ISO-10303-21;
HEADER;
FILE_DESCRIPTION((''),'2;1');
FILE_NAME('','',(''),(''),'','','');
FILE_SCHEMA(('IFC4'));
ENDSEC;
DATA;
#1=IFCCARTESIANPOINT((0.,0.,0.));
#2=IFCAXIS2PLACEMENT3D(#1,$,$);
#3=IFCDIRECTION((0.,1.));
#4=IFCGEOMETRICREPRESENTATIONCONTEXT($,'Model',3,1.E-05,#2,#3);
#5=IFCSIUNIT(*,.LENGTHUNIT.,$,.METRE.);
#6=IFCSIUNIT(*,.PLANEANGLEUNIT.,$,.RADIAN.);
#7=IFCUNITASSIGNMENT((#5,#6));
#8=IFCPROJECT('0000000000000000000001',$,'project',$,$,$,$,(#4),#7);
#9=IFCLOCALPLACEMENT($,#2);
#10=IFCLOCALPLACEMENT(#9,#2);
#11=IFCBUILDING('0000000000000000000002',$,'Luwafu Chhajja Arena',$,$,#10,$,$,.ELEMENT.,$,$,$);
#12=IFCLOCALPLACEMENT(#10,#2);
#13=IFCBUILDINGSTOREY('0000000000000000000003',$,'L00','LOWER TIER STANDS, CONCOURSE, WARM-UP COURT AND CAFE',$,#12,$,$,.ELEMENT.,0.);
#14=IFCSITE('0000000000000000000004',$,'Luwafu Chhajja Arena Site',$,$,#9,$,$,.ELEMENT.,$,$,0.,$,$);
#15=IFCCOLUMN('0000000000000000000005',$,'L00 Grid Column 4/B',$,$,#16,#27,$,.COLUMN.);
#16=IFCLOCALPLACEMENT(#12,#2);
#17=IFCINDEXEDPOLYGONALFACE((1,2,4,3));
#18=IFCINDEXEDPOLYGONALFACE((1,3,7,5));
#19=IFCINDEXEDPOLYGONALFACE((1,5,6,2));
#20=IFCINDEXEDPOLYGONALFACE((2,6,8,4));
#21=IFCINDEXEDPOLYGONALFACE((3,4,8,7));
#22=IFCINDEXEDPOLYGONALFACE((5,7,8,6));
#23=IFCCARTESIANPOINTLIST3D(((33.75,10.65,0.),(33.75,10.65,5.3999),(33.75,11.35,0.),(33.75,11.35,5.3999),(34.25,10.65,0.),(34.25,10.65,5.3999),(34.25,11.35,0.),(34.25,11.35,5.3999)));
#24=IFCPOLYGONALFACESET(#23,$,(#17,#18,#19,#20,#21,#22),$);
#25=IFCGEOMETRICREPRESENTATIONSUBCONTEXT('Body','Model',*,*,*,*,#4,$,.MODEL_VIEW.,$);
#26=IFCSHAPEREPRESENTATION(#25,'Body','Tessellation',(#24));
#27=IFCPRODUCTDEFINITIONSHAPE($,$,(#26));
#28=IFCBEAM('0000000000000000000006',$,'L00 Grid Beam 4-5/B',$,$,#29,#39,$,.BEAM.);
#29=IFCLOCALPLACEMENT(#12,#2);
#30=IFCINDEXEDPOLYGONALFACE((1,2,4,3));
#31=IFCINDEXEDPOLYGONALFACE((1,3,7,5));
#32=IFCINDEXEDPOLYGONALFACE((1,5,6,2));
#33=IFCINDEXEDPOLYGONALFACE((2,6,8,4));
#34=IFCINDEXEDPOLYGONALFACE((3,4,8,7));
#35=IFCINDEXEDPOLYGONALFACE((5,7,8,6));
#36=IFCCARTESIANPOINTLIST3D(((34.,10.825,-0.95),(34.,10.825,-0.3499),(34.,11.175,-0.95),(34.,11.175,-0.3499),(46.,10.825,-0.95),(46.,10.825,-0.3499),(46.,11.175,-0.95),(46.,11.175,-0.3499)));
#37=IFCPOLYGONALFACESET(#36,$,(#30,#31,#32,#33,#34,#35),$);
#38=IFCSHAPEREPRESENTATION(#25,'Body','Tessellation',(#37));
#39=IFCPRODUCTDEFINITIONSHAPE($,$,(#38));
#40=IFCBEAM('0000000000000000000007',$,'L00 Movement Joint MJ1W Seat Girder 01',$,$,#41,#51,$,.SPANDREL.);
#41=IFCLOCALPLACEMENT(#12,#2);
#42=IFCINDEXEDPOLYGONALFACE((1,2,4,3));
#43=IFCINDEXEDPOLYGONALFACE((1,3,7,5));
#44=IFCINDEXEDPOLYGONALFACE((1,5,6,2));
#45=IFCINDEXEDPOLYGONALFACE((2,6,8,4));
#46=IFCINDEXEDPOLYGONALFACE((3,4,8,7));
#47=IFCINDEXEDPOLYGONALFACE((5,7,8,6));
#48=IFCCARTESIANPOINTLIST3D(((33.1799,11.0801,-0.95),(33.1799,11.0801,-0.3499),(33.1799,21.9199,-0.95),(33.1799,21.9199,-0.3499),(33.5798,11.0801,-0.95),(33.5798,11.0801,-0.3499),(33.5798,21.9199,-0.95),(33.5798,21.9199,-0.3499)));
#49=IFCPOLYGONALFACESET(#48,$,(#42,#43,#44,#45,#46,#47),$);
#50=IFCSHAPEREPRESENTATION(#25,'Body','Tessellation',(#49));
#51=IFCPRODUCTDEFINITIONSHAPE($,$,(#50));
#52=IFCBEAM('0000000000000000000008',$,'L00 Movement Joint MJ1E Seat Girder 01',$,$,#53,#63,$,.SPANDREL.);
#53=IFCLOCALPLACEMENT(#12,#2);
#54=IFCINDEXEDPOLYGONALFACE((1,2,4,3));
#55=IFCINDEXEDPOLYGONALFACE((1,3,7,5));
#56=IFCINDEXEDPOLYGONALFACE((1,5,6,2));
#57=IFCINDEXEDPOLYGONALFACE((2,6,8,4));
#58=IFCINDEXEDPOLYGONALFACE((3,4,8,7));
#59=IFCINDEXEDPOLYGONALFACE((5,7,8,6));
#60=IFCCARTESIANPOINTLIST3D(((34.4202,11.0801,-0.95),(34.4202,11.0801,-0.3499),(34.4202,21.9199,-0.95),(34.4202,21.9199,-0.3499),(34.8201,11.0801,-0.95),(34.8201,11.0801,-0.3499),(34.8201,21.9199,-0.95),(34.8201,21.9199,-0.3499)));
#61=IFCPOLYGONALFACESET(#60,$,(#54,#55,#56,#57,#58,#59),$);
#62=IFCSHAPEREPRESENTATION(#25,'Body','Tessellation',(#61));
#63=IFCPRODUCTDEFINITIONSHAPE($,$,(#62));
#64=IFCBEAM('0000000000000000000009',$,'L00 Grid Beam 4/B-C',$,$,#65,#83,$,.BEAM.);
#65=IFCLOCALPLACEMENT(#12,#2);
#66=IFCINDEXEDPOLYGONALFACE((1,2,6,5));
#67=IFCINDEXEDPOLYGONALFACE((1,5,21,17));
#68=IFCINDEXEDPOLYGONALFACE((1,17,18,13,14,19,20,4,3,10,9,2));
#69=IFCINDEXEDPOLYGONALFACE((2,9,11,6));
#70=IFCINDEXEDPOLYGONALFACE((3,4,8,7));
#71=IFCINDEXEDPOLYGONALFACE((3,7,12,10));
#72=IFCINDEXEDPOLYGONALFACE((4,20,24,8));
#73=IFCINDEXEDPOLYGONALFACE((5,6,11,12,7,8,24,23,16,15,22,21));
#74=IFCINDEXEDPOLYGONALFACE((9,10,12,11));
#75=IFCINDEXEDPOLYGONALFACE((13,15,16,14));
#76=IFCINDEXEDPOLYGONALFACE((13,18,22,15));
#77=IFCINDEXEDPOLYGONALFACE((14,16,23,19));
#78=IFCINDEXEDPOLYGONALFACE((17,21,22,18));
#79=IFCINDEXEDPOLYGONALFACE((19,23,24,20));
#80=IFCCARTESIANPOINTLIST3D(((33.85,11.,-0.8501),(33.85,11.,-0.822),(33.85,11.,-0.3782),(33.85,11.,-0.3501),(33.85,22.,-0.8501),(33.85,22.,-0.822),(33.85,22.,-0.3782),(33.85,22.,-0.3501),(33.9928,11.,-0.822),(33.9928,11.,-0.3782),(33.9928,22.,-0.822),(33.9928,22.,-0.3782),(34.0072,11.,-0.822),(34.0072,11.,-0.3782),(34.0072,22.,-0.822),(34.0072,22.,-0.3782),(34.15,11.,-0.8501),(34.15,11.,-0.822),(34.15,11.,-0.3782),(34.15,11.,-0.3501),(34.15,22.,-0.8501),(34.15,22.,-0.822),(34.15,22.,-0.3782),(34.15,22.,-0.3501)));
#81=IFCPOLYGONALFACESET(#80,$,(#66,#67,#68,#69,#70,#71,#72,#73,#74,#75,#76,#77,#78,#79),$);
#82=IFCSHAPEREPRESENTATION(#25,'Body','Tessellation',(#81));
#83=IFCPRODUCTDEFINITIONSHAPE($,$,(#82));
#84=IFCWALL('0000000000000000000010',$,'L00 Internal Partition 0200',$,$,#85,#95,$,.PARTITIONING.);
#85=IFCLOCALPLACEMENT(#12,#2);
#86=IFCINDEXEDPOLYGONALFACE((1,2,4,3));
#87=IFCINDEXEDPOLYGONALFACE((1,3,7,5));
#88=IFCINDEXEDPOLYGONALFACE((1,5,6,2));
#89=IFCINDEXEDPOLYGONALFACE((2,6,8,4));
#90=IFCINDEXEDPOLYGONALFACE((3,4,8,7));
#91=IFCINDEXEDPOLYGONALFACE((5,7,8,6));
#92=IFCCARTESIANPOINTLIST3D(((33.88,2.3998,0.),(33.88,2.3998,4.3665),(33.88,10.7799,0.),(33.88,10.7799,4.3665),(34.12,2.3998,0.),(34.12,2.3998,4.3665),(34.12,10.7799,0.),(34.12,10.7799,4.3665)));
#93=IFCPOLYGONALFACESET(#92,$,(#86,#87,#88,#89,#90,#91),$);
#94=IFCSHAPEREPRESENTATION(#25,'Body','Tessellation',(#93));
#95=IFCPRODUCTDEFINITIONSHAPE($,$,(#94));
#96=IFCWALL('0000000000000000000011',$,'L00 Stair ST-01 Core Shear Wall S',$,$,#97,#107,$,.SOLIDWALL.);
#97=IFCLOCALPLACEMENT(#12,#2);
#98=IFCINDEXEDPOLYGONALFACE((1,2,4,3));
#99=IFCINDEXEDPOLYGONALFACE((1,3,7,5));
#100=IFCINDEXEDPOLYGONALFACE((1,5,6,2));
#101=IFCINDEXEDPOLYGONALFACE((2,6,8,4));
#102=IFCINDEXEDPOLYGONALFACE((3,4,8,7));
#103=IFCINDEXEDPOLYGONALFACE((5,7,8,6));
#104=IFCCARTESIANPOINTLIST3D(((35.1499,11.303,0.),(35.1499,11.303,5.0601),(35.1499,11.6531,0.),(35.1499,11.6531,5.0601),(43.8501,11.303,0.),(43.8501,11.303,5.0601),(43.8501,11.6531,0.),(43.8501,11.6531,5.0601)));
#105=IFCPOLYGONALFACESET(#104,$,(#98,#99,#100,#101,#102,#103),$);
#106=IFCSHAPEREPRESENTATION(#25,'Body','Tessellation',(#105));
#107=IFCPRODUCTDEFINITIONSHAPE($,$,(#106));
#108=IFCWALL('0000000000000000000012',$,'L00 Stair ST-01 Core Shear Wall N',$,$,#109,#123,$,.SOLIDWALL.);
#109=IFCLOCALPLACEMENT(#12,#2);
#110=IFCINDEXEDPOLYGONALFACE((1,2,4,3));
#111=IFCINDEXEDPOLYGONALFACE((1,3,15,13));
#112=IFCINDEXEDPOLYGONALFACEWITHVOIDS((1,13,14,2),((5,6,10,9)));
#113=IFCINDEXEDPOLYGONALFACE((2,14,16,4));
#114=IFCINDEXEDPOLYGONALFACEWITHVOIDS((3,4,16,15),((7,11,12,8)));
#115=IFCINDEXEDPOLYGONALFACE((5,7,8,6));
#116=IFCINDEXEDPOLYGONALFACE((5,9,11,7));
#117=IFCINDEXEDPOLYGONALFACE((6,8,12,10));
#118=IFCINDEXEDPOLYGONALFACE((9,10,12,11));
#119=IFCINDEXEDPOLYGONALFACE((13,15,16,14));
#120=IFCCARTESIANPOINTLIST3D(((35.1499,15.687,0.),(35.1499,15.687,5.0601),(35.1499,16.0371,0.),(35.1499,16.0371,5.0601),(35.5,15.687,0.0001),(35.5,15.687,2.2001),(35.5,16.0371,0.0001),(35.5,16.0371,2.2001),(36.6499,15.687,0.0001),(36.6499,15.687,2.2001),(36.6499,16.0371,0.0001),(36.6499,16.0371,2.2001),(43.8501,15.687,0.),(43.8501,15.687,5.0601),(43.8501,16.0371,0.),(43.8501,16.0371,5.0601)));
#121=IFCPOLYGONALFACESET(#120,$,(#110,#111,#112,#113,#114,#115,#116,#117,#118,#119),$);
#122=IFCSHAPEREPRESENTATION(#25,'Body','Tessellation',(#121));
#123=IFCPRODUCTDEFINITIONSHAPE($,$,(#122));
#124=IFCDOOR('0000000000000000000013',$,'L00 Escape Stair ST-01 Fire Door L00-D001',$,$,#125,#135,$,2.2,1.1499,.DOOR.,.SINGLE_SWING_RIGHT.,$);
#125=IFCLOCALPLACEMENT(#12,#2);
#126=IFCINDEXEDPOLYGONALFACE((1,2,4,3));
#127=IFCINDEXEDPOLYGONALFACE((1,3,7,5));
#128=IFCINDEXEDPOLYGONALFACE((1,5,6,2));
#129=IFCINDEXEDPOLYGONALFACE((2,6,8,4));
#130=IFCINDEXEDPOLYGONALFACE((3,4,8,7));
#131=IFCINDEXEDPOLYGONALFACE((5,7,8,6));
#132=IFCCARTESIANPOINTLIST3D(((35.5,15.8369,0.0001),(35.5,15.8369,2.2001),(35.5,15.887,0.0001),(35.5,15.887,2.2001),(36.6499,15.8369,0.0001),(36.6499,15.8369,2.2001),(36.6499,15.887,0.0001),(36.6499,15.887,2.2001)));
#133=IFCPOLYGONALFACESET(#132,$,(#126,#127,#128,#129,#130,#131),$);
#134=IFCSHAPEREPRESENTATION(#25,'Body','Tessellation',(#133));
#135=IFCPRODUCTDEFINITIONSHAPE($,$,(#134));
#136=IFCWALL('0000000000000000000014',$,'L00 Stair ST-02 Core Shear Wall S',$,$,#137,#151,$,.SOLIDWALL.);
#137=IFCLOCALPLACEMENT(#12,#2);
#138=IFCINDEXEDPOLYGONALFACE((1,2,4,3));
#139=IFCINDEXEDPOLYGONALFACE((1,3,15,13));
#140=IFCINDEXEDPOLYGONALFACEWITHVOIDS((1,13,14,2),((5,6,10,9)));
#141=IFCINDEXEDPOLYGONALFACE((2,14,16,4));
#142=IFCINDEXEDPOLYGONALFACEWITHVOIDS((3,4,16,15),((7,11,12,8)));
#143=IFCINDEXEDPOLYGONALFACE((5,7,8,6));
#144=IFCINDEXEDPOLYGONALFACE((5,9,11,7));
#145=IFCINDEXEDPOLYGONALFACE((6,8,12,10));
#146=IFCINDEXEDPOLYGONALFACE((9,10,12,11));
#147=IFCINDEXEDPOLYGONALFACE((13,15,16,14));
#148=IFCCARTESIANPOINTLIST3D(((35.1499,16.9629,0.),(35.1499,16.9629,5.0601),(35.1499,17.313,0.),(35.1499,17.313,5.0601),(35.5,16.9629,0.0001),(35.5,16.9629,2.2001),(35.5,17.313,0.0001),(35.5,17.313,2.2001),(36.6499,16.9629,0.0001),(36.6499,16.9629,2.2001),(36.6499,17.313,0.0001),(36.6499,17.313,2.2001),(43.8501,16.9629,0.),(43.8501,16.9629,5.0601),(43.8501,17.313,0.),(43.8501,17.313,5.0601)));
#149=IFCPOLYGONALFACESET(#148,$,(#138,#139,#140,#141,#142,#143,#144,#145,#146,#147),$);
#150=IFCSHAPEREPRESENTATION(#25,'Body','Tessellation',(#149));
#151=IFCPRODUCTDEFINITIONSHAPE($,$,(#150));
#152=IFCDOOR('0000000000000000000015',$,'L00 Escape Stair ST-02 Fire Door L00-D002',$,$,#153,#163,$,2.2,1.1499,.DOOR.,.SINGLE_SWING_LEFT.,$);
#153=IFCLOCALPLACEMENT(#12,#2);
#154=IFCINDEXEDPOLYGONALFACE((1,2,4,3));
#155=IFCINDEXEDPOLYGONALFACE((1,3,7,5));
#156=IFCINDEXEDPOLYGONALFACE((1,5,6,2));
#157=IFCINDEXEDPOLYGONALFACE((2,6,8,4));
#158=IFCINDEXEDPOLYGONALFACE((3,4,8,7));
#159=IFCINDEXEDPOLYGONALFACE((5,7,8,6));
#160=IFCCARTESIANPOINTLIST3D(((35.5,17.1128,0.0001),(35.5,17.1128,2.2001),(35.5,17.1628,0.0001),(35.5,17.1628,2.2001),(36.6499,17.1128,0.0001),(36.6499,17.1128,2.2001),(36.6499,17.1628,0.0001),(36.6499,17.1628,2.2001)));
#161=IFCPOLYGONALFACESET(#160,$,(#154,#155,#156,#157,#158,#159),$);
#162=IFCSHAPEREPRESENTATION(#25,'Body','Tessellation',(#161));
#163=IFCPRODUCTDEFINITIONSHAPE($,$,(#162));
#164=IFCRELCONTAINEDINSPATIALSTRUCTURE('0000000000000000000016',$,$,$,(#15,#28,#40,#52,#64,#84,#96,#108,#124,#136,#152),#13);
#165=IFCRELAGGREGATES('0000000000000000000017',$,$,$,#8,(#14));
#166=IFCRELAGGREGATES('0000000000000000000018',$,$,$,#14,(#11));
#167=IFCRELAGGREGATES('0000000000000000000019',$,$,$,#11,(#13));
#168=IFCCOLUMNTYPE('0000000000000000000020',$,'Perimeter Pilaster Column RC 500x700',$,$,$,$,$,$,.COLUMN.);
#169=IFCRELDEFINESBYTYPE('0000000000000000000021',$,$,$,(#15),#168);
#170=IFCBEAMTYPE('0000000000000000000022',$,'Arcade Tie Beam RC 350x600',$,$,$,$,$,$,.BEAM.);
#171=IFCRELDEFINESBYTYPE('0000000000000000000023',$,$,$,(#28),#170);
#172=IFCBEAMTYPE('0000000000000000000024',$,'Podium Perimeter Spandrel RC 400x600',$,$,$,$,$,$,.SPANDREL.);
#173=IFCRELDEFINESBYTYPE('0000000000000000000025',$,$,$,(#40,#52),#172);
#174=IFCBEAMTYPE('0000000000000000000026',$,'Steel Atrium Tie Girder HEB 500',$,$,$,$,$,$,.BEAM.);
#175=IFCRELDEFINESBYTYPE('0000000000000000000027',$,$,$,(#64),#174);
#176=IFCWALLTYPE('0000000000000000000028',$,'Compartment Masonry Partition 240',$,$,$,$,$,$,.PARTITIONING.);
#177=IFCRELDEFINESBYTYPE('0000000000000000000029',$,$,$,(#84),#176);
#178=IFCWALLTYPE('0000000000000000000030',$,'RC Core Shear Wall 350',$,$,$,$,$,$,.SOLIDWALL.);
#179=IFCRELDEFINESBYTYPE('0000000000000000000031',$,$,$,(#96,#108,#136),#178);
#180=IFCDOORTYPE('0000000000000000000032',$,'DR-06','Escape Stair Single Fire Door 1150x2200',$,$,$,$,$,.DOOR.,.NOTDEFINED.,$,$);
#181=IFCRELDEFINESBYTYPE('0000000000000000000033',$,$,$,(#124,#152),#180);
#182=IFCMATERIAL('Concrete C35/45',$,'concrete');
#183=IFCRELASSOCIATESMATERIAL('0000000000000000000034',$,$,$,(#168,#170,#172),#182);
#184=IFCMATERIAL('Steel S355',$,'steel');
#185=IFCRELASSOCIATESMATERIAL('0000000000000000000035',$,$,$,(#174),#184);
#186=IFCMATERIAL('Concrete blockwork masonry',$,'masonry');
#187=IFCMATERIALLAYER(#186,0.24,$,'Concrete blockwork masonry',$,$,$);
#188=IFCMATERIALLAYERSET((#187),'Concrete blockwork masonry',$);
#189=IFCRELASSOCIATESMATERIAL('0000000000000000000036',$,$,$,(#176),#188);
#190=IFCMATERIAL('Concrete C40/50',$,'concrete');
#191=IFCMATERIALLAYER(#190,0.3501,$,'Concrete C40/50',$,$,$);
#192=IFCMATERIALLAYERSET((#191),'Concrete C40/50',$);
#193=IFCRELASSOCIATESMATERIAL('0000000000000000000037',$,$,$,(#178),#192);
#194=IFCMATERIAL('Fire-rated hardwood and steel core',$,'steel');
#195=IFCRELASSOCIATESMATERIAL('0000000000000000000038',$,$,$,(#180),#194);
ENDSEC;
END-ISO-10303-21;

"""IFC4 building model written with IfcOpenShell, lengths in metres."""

from ifc_helpers import new_model, si_unit, direction, frame, frame_2d, origin, origin_2d, place, context, subcontext, project, spatial, rectangle, i_section, extrude, material, layer, layer_set, material_profile, profile_set, type_object, element, fill, save


model = new_model("IFC4")

# Units and contexts
model_context = context("Model", 3, precision=1e-05, world=origin(), true_north=direction((0.0, 1.0)))
body_context = subcontext(model_context, "Body", "Model", "MODEL_VIEW")
ifc_project = project(units=[si_unit("LENGTHUNIT", "METRE"), si_unit("PLANEANGLEUNIT", "RADIAN")], contexts=[model_context])

# Site, building, storey
site_placement = place(None, origin())
site = spatial("IfcSite", under=ifc_project, at=site_placement, Name="Luwafu Chhajja Arena Site", CompositionType="ELEMENT", RefElevation=0.0)
building_placement = place(site_placement, origin())
building = spatial("IfcBuilding", under=site, at=building_placement, Name="Luwafu Chhajja Arena", CompositionType="ELEMENT")
storey_placement = place(building_placement, origin())
storey = spatial("IfcBuildingStorey", under=building, at=storey_placement, Name="L00", Description="LOWER TIER STANDS, CONCOURSE, WARM-UP COURT AND CAFE", CompositionType="ELEMENT", Elevation=0.0)

# Column
ifc_material_1 = material(Name="Concrete C35/45", Category="concrete")
ifc_material_profile_1 = material_profile(ifc_material_1, rectangle(XDim=0.5, YDim=0.7, at=origin_2d()), Name="RC 500x700")
ifc_profile_set_1 = profile_set([ifc_material_profile_1], Name="Concrete C35/45")
column_type = type_object("IfcColumnType", Name="Perimeter Pilaster Column RC 500x700", PredefinedType="COLUMN", material=ifc_profile_set_1)
column_placement = place(storey_placement, frame((34.0, 11.0, 0.0), z_axis=(0.0, 0.0, 1.0), x_axis=(1.0, 0.0, 0.0)))
element("IfcColumn", 1, at=column_placement, inside=storey, type_object=column_type, Name="L00 Grid Column 4/B", PredefinedType="COLUMN", context=body_context, shape_type="SweptSolid", body=[
    extrude(rectangle(XDim=0.5, YDim=0.7, at=origin_2d()), origin(), (0.0, 0.0, 1.0), 5.3999),
])

# Beams
ifc_material_profile_2 = material_profile(ifc_material_1, rectangle(XDim=0.3501, YDim=0.6001, at=origin_2d()), Name="RC 350x600")
ifc_profile_set_2 = profile_set([ifc_material_profile_2], Name="Concrete C35/45")
beam_type_1 = type_object("IfcBeamType", Name="Arcade Tie Beam RC 350x600", PredefinedType="BEAM", material=ifc_profile_set_2)
beam_1_placement = place(storey_placement, frame((34.0, 11.0, -0.6499), z_axis=(1.0, 0.0, 0.0), x_axis=(0.0, 1.0, 0.0)))
element("IfcBeam", 2, at=beam_1_placement, inside=storey, type_object=beam_type_1, Name="L00 Grid Beam 4-5/B", PredefinedType="BEAM", context=body_context, shape_type="SweptSolid", body=[
    extrude(rectangle(XDim=0.3501, YDim=0.6001, at=origin_2d()), origin(), (0.0, 0.0, 1.0), 12.0),
])
ifc_material_profile_3 = material_profile(ifc_material_1, rectangle(XDim=0.3999, YDim=0.6001, at=origin_2d()), Name="RC 400x600")
ifc_profile_set_3 = profile_set([ifc_material_profile_3], Name="Concrete C35/45")
beam_type_2 = type_object("IfcBeamType", Name="Podium Perimeter Spandrel RC 400x600", PredefinedType="SPANDREL", material=ifc_profile_set_3)
for number, where, z_axis, x_axis, name in (
    (3, (33.3799, 11.0801, -0.6499), (0.0, 1.0, 0.0), (-1.0, 0.0, 0.0), "L00 Movement Joint MJ1W Seat Girder 01"),
    (4, (34.6201, 11.0801, -0.6499), (0.0, 1.0, 0.0), (-1.0, 0.0, 0.0), "L00 Movement Joint MJ1E Seat Girder 01"),
):
    element("IfcBeam", number, at=place(storey_placement, frame(where, z_axis=z_axis, x_axis=x_axis)), inside=storey, type_object=beam_type_2, Name=name, PredefinedType="SPANDREL", context=body_context, shape_type="SweptSolid", body=[
        extrude(rectangle(XDim=0.3999, YDim=0.6001, at=origin_2d()), origin(), (0.0, 0.0, 1.0), 10.8398),
    ])
ifc_material_2 = material(Name="Steel S355", Category="steel")
ifc_material_profile_4 = material_profile(ifc_material_2, i_section(OverallWidth=0.3, OverallDepth=0.5, WebThickness=0.0144, FlangeThickness=0.0281, at=origin_2d()), Name="HEB 500")
ifc_profile_set_4 = profile_set([ifc_material_profile_4], Name="Steel S355")
beam_type_3 = type_object("IfcBeamType", Name="Steel Atrium Tie Girder HEB 500", PredefinedType="BEAM", material=ifc_profile_set_4)
beam_2_placement = place(storey_placement, frame((34.0, 11.0, -0.6001), z_axis=(0.0, 1.0, 0.0), x_axis=(-1.0, 0.0, 0.0)))
element("IfcBeam", 5, at=beam_2_placement, inside=storey, type_object=beam_type_3, Name="L00 Grid Beam 4/B-C", PredefinedType="BEAM", context=body_context, shape_type="SweptSolid", body=[
    extrude(i_section(OverallWidth=0.3, OverallDepth=0.5, WebThickness=0.0144, FlangeThickness=0.0281, at=origin_2d()), origin(), (0.0, 0.0, 1.0), 11.0),
])

# Walls
ifc_material_3 = material(Name="Concrete blockwork masonry", Category="masonry")
ifc_layer_1 = layer(ifc_material_3, 0.24, Name="Concrete blockwork masonry")
ifc_layer_set_1 = layer_set([ifc_layer_1], Name="Concrete blockwork masonry")
wall_type_1 = type_object("IfcWallType", Name="Compartment Masonry Partition 240", PredefinedType="PARTITIONING", material=ifc_layer_set_1)
wall_1_placement = place(storey_placement, frame((34.0, 2.3999, 0.0), z_axis=(0.0, 0.0, 1.0), x_axis=(0.0, 1.0, 0.0)))
element("IfcWall", 6, at=wall_1_placement, inside=storey, type_object=wall_type_1, Name="L00 Internal Partition 0200", PredefinedType="PARTITIONING", context=body_context, shape_type="SweptSolid", body=[
    extrude(rectangle(XDim=8.3801, YDim=0.24, at=frame_2d((4.1899, 0.0))), origin(), (0.0, 0.0, 1.0), 4.3665),
])
ifc_material_4 = material(Name="Concrete C40/50", Category="concrete")
ifc_layer_2 = layer(ifc_material_4, 0.3501, Name="Concrete C40/50")
ifc_layer_set_2 = layer_set([ifc_layer_2], Name="Concrete C40/50")
wall_type_2 = type_object("IfcWallType", Name="RC Core Shear Wall 350", PredefinedType="SOLIDWALL", material=ifc_layer_set_2)
wall_2_placement = place(storey_placement, frame((35.1499, 11.478, 0.0), z_axis=(0.0, 0.0, 1.0), x_axis=(1.0, 0.0, 0.0)))
element("IfcWall", 7, at=wall_2_placement, inside=storey, type_object=wall_type_2, Name="L00 Stair ST-01 Core Shear Wall S", PredefinedType="SOLIDWALL", context=body_context, shape_type="SweptSolid", body=[
    extrude(rectangle(XDim=8.7002, YDim=0.3501, at=frame_2d((4.3501, 0.0))), origin(), (0.0, 0.0, 1.0), 5.0601),
])

# Walls, openings, doors
wall_3_placement = place(storey_placement, frame((35.1499, 15.8621, 0.0), z_axis=(0.0, 0.0, 1.0), x_axis=(1.0, 0.0, 0.0)))
wall_3 = element("IfcWall", 8, at=wall_3_placement, inside=storey, type_object=wall_type_2, Name="L00 Stair ST-01 Core Shear Wall N", PredefinedType="SOLIDWALL", context=body_context, shape_type="SweptSolid", body=[
    extrude(rectangle(XDim=8.7002, YDim=0.3501, at=frame_2d((4.3501, 0.0))), origin(), (0.0, 0.0, 1.0), 5.0601),
])
opening_1_placement = place(wall_3_placement, frame((0.3501, 0.0, 0.0)))
opening_1 = element("IfcOpeningElement", 9, at=opening_1_placement, cuts=wall_3, PredefinedType="OPENING", context=body_context, shape_type="SweptSolid", body=[
    extrude(rectangle(XDim=1.1499, YDim=2.2, at=frame_2d((0.575, 1.1001))), frame((0.0, 0.1851, 0.0), z_axis=(0.0, -1.0, 0.0), x_axis=(1.0, 0.0, 0.0)), (0.0, 0.0, 1.0), 0.3701),
])
ifc_material_5 = material(Name="Fire-rated hardwood and steel core", Category="steel")
door_type = type_object("IfcDoorType", Name="DR-06", Description="Escape Stair Single Fire Door 1150x2200", OperationType="NOTDEFINED", PredefinedType="DOOR", material=ifc_material_5)
door_1_placement = place(opening_1_placement, origin())
door_1 = element("IfcDoor", 10, at=door_1_placement, inside=storey, type_object=door_type, Name="L00 Escape Stair ST-01 Fire Door L00-D001", OperationType="SINGLE_SWING_RIGHT", OverallHeight=2.2, OverallWidth=1.1499, PredefinedType="DOOR", context=body_context, shape_type="SweptSolid", body=[
    extrude(rectangle(XDim=1.1499, YDim=2.2, at=frame_2d((0.575, 1.1001))), frame((0.0, 0.0249, 0.0), z_axis=(0.0, -1.0, 0.0), x_axis=(1.0, 0.0, 0.0)), (0.0, 0.0, 1.0), 0.05),
])
fill(opening_1, door_1)
wall_4_placement = place(storey_placement, frame((35.1499, 17.1379, 0.0), z_axis=(0.0, 0.0, 1.0), x_axis=(1.0, 0.0, 0.0)))
wall_4 = element("IfcWall", 11, at=wall_4_placement, inside=storey, type_object=wall_type_2, Name="L00 Stair ST-02 Core Shear Wall S", PredefinedType="SOLIDWALL", context=body_context, shape_type="SweptSolid", body=[
    extrude(rectangle(XDim=8.7002, YDim=0.3501, at=frame_2d((4.3501, 0.0))), origin(), (0.0, 0.0, 1.0), 5.0601),
])
opening_2_placement = place(wall_4_placement, frame((0.3501, 0.0, 0.0)))
opening_2 = element("IfcOpeningElement", 12, at=opening_2_placement, cuts=wall_4, PredefinedType="OPENING", context=body_context, shape_type="SweptSolid", body=[
    extrude(rectangle(XDim=1.1499, YDim=2.2, at=frame_2d((0.575, 1.1001))), frame((0.0, 0.1851, 0.0), z_axis=(0.0, -1.0, 0.0), x_axis=(1.0, 0.0, 0.0)), (0.0, 0.0, 1.0), 0.3701),
])
door_2_placement = place(opening_2_placement, origin())
door_2 = element("IfcDoor", 13, at=door_2_placement, inside=storey, type_object=door_type, Name="L00 Escape Stair ST-02 Fire Door L00-D002", OperationType="SINGLE_SWING_LEFT", OverallHeight=2.2, OverallWidth=1.1499, PredefinedType="DOOR", context=body_context, shape_type="SweptSolid", body=[
    extrude(rectangle(XDim=1.1499, YDim=2.2, at=frame_2d((0.575, 1.1001))), frame((0.0, 0.0249, 0.0), z_axis=(0.0, -1.0, 0.0), x_axis=(1.0, 0.0, 0.0)), (0.0, 0.0, 1.0), 0.05),
])
fill(opening_2, door_2)

save(model, "model.ifc")
